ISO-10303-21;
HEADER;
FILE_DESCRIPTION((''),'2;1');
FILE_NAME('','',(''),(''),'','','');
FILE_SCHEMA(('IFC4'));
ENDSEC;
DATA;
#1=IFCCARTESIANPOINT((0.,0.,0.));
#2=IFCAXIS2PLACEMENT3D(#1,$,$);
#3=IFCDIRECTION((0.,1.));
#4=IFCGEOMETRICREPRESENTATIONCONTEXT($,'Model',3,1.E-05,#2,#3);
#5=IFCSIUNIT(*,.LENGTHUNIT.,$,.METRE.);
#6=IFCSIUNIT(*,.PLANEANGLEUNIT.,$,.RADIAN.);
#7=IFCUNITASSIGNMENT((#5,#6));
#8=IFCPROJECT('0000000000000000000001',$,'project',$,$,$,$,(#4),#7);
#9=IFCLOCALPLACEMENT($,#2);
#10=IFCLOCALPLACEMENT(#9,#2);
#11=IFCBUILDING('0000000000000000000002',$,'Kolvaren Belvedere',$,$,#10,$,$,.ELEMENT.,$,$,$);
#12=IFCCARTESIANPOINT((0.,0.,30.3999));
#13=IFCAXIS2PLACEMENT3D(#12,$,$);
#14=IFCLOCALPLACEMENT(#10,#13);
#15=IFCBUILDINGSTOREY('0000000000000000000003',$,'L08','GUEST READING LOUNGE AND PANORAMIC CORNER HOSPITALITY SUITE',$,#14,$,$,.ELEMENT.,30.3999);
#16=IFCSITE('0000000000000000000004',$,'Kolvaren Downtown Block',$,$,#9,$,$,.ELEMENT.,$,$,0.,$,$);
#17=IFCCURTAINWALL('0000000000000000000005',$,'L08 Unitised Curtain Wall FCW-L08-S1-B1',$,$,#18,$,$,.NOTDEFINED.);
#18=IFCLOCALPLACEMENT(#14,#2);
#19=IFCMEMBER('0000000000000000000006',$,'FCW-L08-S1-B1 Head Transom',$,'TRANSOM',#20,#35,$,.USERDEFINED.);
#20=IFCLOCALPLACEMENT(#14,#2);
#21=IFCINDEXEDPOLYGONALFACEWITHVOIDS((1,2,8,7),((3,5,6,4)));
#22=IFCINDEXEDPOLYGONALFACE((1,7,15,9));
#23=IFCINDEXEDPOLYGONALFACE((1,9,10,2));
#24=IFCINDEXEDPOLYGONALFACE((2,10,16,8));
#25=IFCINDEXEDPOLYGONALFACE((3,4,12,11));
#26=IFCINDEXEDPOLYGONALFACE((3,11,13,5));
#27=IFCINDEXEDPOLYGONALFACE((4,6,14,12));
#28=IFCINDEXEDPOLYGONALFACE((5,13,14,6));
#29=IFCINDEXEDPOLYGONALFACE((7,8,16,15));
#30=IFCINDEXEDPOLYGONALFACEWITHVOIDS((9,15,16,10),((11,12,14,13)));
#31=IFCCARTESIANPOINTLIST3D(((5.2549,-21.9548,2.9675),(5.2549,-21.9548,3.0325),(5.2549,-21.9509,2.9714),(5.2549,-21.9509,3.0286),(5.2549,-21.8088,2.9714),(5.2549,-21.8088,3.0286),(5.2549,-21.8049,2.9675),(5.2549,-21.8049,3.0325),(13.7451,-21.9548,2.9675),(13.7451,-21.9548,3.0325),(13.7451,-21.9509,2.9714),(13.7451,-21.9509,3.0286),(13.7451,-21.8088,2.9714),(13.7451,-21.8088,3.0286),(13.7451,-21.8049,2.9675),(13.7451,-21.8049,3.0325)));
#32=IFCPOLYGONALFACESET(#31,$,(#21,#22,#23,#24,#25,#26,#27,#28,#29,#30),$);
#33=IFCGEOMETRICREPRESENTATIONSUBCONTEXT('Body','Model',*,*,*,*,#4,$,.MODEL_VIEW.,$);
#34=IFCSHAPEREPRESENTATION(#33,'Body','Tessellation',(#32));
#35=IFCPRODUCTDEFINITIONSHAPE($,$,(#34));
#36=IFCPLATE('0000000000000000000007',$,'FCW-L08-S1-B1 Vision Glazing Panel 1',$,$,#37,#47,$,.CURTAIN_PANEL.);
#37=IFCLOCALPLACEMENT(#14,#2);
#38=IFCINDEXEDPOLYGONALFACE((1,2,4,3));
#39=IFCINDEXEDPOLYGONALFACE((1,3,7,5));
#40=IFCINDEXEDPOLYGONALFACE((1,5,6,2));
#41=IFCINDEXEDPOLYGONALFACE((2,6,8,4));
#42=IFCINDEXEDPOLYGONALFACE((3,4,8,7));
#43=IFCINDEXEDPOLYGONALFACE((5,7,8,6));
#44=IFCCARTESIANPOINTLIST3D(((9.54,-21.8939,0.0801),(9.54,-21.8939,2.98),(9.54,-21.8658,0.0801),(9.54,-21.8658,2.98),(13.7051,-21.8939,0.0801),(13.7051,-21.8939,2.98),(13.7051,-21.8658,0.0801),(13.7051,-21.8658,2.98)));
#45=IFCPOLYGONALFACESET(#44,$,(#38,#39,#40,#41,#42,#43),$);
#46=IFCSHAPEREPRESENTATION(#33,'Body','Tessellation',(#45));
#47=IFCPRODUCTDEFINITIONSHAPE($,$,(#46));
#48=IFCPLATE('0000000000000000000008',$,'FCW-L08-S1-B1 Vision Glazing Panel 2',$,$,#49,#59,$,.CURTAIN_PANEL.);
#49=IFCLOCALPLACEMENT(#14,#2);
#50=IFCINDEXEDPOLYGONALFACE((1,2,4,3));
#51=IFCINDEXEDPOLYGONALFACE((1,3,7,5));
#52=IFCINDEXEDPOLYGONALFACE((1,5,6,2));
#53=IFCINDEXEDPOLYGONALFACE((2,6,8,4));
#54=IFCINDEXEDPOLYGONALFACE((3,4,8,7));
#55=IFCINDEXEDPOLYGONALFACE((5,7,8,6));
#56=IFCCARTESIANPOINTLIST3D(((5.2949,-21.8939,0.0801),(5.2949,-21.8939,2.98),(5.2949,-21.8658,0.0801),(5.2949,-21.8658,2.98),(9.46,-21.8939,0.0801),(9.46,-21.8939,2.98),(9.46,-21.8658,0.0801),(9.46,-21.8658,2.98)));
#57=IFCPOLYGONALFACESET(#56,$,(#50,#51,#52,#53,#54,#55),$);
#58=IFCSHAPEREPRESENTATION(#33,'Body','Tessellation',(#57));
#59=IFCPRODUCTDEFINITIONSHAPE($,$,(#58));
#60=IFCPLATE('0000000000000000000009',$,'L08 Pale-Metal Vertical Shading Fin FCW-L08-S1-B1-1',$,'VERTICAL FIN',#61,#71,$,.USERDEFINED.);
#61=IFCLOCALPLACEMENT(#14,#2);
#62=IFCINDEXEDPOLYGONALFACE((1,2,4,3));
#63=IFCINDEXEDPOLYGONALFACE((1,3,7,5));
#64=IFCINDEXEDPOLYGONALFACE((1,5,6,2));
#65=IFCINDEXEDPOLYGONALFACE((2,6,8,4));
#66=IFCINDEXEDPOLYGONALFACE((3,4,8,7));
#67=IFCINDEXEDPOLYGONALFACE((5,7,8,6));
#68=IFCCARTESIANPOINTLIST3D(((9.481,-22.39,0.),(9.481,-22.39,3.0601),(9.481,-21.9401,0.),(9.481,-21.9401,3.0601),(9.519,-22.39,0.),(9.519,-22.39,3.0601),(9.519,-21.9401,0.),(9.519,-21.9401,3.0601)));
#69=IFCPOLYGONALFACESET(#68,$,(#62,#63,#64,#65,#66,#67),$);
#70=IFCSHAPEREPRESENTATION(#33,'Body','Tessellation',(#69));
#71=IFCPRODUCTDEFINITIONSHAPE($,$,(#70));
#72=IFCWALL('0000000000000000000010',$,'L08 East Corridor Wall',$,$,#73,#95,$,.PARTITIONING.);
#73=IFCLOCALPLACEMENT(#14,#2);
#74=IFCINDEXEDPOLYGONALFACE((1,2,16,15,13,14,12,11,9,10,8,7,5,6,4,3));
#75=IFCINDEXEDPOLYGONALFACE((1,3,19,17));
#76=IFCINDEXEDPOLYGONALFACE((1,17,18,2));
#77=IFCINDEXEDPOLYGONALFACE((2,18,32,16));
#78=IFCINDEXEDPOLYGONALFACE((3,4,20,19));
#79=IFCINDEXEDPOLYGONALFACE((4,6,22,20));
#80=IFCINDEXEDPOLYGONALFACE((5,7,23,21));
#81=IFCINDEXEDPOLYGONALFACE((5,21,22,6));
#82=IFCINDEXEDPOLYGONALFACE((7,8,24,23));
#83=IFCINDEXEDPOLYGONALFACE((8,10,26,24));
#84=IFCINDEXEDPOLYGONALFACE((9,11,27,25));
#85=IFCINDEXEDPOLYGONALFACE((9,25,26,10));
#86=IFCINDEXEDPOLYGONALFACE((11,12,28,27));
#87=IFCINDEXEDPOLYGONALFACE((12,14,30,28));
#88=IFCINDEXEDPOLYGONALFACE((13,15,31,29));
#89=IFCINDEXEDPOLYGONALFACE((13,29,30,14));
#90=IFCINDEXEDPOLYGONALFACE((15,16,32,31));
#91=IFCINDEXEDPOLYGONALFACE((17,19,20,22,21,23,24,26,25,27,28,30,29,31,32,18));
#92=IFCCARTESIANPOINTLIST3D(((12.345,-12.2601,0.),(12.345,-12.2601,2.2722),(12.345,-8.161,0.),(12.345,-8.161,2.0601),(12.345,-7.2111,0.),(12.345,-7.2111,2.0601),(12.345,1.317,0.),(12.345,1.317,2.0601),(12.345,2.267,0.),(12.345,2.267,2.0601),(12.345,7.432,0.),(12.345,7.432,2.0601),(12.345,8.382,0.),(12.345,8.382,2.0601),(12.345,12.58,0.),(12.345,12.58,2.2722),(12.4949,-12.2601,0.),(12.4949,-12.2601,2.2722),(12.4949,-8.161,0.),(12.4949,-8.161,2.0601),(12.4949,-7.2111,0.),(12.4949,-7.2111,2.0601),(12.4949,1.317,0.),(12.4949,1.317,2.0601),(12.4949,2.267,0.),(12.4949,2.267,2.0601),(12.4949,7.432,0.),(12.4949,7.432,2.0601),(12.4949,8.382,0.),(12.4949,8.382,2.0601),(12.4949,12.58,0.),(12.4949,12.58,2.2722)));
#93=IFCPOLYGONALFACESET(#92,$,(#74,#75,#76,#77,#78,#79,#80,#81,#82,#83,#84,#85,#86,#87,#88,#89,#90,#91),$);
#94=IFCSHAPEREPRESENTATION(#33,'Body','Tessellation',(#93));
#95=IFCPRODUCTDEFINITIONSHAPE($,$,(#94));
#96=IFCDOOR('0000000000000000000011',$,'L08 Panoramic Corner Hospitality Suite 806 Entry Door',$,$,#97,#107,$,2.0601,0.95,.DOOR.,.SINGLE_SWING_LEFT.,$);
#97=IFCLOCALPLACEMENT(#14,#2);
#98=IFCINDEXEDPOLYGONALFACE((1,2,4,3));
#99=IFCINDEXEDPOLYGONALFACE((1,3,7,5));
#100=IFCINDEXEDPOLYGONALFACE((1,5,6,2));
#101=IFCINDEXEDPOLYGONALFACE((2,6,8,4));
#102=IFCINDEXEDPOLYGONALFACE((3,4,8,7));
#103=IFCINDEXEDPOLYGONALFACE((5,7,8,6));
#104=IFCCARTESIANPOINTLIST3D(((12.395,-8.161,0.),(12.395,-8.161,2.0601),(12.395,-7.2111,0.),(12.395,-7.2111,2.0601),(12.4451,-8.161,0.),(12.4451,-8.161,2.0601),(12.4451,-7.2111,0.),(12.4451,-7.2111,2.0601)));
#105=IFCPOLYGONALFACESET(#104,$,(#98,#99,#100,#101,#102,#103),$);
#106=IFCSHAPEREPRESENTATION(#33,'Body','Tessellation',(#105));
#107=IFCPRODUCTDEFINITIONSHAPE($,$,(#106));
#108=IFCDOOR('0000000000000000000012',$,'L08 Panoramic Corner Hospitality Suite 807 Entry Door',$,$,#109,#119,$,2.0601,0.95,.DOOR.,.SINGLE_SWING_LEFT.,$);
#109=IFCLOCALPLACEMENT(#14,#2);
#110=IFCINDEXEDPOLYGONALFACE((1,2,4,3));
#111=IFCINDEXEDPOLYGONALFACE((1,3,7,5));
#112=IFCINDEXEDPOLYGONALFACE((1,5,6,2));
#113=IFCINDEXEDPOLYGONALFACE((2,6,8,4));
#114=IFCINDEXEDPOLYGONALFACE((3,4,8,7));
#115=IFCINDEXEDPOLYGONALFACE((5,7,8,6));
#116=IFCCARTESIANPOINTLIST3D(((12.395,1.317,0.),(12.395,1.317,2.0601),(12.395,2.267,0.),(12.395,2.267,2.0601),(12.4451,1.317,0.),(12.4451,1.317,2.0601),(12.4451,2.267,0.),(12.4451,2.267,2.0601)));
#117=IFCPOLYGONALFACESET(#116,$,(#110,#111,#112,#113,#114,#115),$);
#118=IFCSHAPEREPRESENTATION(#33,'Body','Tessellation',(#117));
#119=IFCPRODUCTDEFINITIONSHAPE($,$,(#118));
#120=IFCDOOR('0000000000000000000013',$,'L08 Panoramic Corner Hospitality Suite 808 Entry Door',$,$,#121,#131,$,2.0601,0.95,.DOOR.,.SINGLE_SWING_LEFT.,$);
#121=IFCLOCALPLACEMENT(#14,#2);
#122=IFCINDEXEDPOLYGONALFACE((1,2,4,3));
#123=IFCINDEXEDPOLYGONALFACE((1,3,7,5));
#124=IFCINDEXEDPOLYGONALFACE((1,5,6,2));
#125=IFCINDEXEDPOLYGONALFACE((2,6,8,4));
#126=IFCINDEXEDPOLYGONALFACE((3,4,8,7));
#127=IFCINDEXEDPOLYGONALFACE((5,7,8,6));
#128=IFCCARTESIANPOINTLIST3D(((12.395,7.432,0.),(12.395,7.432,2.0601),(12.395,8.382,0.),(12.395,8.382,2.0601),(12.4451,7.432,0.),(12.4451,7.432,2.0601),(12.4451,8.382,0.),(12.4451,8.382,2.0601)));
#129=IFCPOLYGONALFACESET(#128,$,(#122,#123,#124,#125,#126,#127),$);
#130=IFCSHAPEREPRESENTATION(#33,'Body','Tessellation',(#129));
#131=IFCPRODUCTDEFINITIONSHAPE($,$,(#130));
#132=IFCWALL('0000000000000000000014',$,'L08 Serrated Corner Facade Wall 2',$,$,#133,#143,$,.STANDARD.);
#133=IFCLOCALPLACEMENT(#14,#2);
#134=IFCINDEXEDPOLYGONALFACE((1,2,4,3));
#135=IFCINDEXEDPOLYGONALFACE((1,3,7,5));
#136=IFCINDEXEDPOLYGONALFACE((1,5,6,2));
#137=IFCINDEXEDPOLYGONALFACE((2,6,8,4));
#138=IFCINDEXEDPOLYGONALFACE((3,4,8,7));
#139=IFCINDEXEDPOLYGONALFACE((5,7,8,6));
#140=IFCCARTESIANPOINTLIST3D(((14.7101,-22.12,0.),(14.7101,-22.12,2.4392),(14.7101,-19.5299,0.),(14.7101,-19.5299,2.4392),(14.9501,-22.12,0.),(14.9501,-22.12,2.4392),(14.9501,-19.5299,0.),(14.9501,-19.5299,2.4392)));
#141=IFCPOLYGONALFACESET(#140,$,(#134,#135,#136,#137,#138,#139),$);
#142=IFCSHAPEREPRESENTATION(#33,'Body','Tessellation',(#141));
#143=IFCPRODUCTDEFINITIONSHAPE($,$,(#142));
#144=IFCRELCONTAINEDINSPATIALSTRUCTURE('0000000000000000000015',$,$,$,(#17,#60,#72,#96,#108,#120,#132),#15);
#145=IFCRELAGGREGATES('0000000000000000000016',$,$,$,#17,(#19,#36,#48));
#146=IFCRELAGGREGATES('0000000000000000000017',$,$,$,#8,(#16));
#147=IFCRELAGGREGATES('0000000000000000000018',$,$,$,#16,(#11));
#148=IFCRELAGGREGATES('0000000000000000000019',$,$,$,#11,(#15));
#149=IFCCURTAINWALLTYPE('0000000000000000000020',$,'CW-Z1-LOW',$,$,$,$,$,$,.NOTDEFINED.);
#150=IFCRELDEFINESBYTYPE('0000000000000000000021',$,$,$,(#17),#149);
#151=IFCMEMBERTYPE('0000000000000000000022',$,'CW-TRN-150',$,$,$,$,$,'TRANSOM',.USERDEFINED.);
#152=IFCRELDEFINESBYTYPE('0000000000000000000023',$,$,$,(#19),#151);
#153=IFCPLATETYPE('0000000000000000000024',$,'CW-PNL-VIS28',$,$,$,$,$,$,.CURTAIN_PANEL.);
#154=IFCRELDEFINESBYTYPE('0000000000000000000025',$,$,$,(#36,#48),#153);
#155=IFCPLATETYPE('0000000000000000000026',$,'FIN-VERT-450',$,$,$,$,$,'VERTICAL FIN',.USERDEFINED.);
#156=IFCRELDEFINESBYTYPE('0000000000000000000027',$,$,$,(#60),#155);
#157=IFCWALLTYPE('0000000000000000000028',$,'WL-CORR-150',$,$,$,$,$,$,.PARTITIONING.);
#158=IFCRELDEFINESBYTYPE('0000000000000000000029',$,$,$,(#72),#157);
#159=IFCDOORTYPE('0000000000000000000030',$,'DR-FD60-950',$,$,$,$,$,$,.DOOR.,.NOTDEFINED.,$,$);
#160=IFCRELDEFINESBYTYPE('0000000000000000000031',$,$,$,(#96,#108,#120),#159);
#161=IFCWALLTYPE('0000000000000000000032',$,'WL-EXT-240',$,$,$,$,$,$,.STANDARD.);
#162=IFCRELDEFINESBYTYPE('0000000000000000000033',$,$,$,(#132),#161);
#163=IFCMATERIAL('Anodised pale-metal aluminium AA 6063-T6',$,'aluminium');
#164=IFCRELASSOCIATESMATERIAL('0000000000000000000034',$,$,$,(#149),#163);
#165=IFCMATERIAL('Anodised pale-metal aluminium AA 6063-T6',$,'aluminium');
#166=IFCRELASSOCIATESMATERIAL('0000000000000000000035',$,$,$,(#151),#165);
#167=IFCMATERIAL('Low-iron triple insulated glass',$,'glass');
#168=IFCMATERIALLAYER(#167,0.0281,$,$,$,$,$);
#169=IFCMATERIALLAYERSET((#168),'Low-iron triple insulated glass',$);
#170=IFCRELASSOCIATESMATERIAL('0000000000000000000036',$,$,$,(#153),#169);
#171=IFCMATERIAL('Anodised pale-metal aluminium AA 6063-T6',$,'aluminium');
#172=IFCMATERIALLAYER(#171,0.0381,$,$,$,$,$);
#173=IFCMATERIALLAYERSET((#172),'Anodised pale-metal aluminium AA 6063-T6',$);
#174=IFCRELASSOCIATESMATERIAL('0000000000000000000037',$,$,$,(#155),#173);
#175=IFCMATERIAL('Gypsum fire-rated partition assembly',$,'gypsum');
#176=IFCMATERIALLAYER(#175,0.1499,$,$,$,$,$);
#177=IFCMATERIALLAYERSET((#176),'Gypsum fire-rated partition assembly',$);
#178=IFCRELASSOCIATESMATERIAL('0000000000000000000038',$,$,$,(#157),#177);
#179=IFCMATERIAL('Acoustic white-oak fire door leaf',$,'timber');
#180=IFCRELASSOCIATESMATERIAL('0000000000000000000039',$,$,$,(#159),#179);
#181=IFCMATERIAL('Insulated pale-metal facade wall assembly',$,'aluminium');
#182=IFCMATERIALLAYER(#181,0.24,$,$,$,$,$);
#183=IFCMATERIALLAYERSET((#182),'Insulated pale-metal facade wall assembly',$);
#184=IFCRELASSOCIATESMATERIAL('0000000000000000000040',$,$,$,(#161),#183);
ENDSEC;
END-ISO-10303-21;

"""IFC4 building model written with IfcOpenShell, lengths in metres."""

from ifc_helpers import new_model, si_unit, direction, frame, frame_2d, origin, origin_2d, place, context, subcontext, project, spatial, rectangle, hollow_rectangle, extrude, material, layer, layer_set, material_profile, profile_set, type_object, element, fill, aggregate, save


model = new_model("IFC4")

# Units and contexts
model_context = context("Model", 3, precision=1e-05, world=origin(), true_north=direction((0.0, 1.0)))
body_context = subcontext(model_context, "Body", "Model", "MODEL_VIEW")
ifc_project = project(units=[si_unit("LENGTHUNIT", "METRE"), si_unit("PLANEANGLEUNIT", "RADIAN")], contexts=[model_context])

# Site, building, storey
site_placement = place(None, origin())
site = spatial("IfcSite", under=ifc_project, at=site_placement, Name="Kolvaren Downtown Block", CompositionType="ELEMENT", RefElevation=0.0)
building_placement = place(site_placement, origin())
building = spatial("IfcBuilding", under=site, at=building_placement, Name="Kolvaren Belvedere", CompositionType="ELEMENT")
storey_placement = place(building_placement, frame((0.0, 0.0, 30.3999)))
storey = spatial("IfcBuildingStorey", under=building, at=storey_placement, Name="L08", Description="GUEST READING LOUNGE AND PANORAMIC CORNER HOSPITALITY SUITE", CompositionType="ELEMENT", Elevation=30.3999)

# Curtain wall
ifc_material_1 = material(Name="Anodised pale-metal aluminium AA 6063-T6", Category="aluminium")
curtain_wall_type = type_object("IfcCurtainWallType", Name="CW-Z1-LOW", PredefinedType="NOTDEFINED", material=ifc_material_1)
curtain_wall_1_placement = place(storey_placement, origin())
curtain_wall_1 = element("IfcCurtainWall", 1, at=curtain_wall_1_placement, inside=storey, type_object=curtain_wall_type, Name="L08 Unitised Curtain Wall FCW-L08-S1-B1", PredefinedType="NOTDEFINED")

# Member
ifc_material_2 = material(Name="Anodised pale-metal aluminium AA 6063-T6", Category="aluminium")
ifc_material_profile_1 = material_profile(ifc_material_2, hollow_rectangle(XDim=0.0649, YDim=0.1499, WallThickness=0.0039, at=origin_2d()), Name="ALU-TRN-150X65")
ifc_profile_set_1 = profile_set([ifc_material_profile_1], Name="Anodised pale-metal aluminium AA 6063-T6")
member_type_1 = type_object("IfcMemberType", Name="CW-TRN-150", ElementType="TRANSOM", PredefinedType="USERDEFINED", material=ifc_profile_set_1)
member_1_placement = place(storey_placement, frame((13.7451, -21.8799, 3.0), z_axis=(-1.0, 0.0, 0.0), x_axis=(0.0, 0.0, 1.0)))
member_1 = element("IfcMember", 2, at=member_1_placement, type_object=member_type_1, Name="FCW-L08-S1-B1 Head Transom", ObjectType="TRANSOM", PredefinedType="USERDEFINED", context=body_context, shape_type="SweptSolid", body=[
    extrude(hollow_rectangle(XDim=0.0649, YDim=0.1499, WallThickness=0.0039, at=origin_2d()), origin(), (0.0, 0.0, 1.0), 8.4902),
])

# Plates
ifc_material_3 = material(Name="Low-iron triple insulated glass", Category="glass")
ifc_layer_1 = layer(ifc_material_3, 0.0281)
ifc_layer_set_1 = layer_set([ifc_layer_1], Name="Low-iron triple insulated glass")
plate_type_1 = type_object("IfcPlateType", Name="CW-PNL-VIS28", PredefinedType="CURTAIN_PANEL", material=ifc_layer_set_1)
plate_1_placement = place(storey_placement, frame((11.6226, -21.8799, 0.0801), z_axis=(0.0, 0.0, 1.0), x_axis=(-1.0, 0.0, 0.0)))
plate_1 = element("IfcPlate", 3, at=plate_1_placement, type_object=plate_type_1, Name="FCW-L08-S1-B1 Vision Glazing Panel 1", PredefinedType="CURTAIN_PANEL", context=body_context, shape_type="SweptSolid", body=[
    extrude(rectangle(XDim=4.165, YDim=0.0281, at=origin_2d()), origin(), (0.0, 0.0, 1.0), 2.8999),
])
plate_2_placement = place(storey_placement, frame((7.3774, -21.8799, 0.0801), z_axis=(0.0, 0.0, 1.0), x_axis=(-1.0, 0.0, 0.0)))
plate_2 = element("IfcPlate", 4, at=plate_2_placement, type_object=plate_type_1, Name="FCW-L08-S1-B1 Vision Glazing Panel 2", PredefinedType="CURTAIN_PANEL", context=body_context, shape_type="SweptSolid", body=[
    extrude(rectangle(XDim=4.165, YDim=0.0281, at=origin_2d()), origin(), (0.0, 0.0, 1.0), 2.8999),
])
aggregate(curtain_wall_1, [member_1, plate_1, plate_2])
ifc_material_4 = material(Name="Anodised pale-metal aluminium AA 6063-T6", Category="aluminium")
ifc_layer_2 = layer(ifc_material_4, 0.0381)
ifc_layer_set_2 = layer_set([ifc_layer_2], Name="Anodised pale-metal aluminium AA 6063-T6")
plate_type_2 = type_object("IfcPlateType", Name="FIN-VERT-450", ElementType="VERTICAL FIN", PredefinedType="USERDEFINED", material=ifc_layer_set_2)
plate_3_placement = place(storey_placement, frame((9.5, -22.165, 0.0), z_axis=(0.0, 0.0, 1.0), x_axis=(0.0, 1.0, 0.0)))
element("IfcPlate", 5, at=plate_3_placement, inside=storey, type_object=plate_type_2, Name="L08 Pale-Metal Vertical Shading Fin FCW-L08-S1-B1-1", ObjectType="VERTICAL FIN", PredefinedType="USERDEFINED", context=body_context, shape_type="SweptSolid", body=[
    extrude(rectangle(XDim=0.45, YDim=0.0381, at=origin_2d()), origin(), (0.0, 0.0, 1.0), 3.0601),
])

# Wall, openings, doors
ifc_material_5 = material(Name="Gypsum fire-rated partition assembly", Category="gypsum")
ifc_layer_3 = layer(ifc_material_5, 0.1499)
ifc_layer_set_3 = layer_set([ifc_layer_3], Name="Gypsum fire-rated partition assembly")
wall_type_1 = type_object("IfcWallType", Name="WL-CORR-150", PredefinedType="PARTITIONING", material=ifc_layer_set_3)
wall_1_placement = place(storey_placement, frame((12.4199, -12.26, 0.0), z_axis=(0.0, 0.0, 1.0), x_axis=(0.0, 1.0, 0.0)))
wall_1 = element("IfcWall", 6, at=wall_1_placement, inside=storey, type_object=wall_type_1, Name="L08 East Corridor Wall", PredefinedType="PARTITIONING", context=body_context, shape_type="SweptSolid", body=[
    extrude(rectangle(XDim=24.8401, YDim=0.1499, at=frame_2d((12.4199, 0.0))), origin(), (0.0, 0.0, 1.0), 2.2722),
])
opening_1_placement = place(wall_1_placement, frame((4.0989, 0.0, 0.0)))
opening_1 = element("IfcOpeningElement", 7, at=opening_1_placement, cuts=wall_1, PredefinedType="OPENING", context=body_context, shape_type="SweptSolid", body=[
    extrude(rectangle(XDim=0.95, YDim=2.0601, at=frame_2d((0.4751, 1.03))), frame((0.0, 0.085, 0.0), z_axis=(0.0, -1.0, 0.0), x_axis=(1.0, 0.0, 0.0)), (0.0, 0.0, 1.0), 0.1699),
])
opening_2_placement = place(wall_1_placement, frame((13.5769, 0.0, 0.0)))
opening_2 = element("IfcOpeningElement", 8, at=opening_2_placement, cuts=wall_1, PredefinedType="OPENING", context=body_context, shape_type="SweptSolid", body=[
    extrude(rectangle(XDim=0.95, YDim=2.0601, at=frame_2d((0.4751, 1.03))), frame((0.0, 0.085, 0.0), z_axis=(0.0, -1.0, 0.0), x_axis=(1.0, 0.0, 0.0)), (0.0, 0.0, 1.0), 0.1699),
])
opening_3_placement = place(wall_1_placement, frame((19.6919, 0.0, 0.0)))
opening_3 = element("IfcOpeningElement", 9, at=opening_3_placement, cuts=wall_1, PredefinedType="OPENING", context=body_context, shape_type="SweptSolid", body=[
    extrude(rectangle(XDim=0.95, YDim=2.0601, at=frame_2d((0.4751, 1.03))), frame((0.0, 0.085, 0.0), z_axis=(0.0, -1.0, 0.0), x_axis=(1.0, 0.0, 0.0)), (0.0, 0.0, 1.0), 0.1699),
])
ifc_material_6 = material(Name="Acoustic white-oak fire door leaf", Category="timber")
door_type = type_object("IfcDoorType", Name="DR-FD60-950", OperationType="NOTDEFINED", PredefinedType="DOOR", material=ifc_material_6)
door_1_placement = place(opening_1_placement, origin())
door_1 = element("IfcDoor", 10, at=door_1_placement, inside=storey, type_object=door_type, Name="L08 Panoramic Corner Hospitality Suite 806 Entry Door", OperationType="SINGLE_SWING_LEFT", OverallHeight=2.0601, OverallWidth=0.95, PredefinedType="DOOR", context=body_context, shape_type="SweptSolid", body=[
    extrude(rectangle(XDim=0.95, YDim=2.0601, at=frame_2d((0.4751, 1.03))), frame((0.0, 0.0249, 0.0), z_axis=(0.0, -1.0, 0.0), x_axis=(1.0, 0.0, 0.0)), (0.0, 0.0, 1.0), 0.05),
])
fill(opening_1, door_1)
door_2_placement = place(opening_2_placement, origin())
door_2 = element("IfcDoor", 11, at=door_2_placement, inside=storey, type_object=door_type, Name="L08 Panoramic Corner Hospitality Suite 807 Entry Door", OperationType="SINGLE_SWING_LEFT", OverallHeight=2.0601, OverallWidth=0.95, PredefinedType="DOOR", context=body_context, shape_type="SweptSolid", body=[
    extrude(rectangle(XDim=0.95, YDim=2.0601, at=frame_2d((0.4751, 1.03))), frame((0.0, 0.0249, 0.0), z_axis=(0.0, -1.0, 0.0), x_axis=(1.0, 0.0, 0.0)), (0.0, 0.0, 1.0), 0.05),
])
fill(opening_2, door_2)
door_3_placement = place(opening_3_placement, origin())
door_3 = element("IfcDoor", 12, at=door_3_placement, inside=storey, type_object=door_type, Name="L08 Panoramic Corner Hospitality Suite 808 Entry Door", OperationType="SINGLE_SWING_LEFT", OverallHeight=2.0601, OverallWidth=0.95, PredefinedType="DOOR", context=body_context, shape_type="SweptSolid", body=[
    extrude(rectangle(XDim=0.95, YDim=2.0601, at=frame_2d((0.4751, 1.03))), frame((0.0, 0.0249, 0.0), z_axis=(0.0, -1.0, 0.0), x_axis=(1.0, 0.0, 0.0)), (0.0, 0.0, 1.0), 0.05),
])
fill(opening_3, door_3)

# Wall
ifc_material_7 = material(Name="Insulated pale-metal facade wall assembly", Category="aluminium")
ifc_layer_4 = layer(ifc_material_7, 0.24)
ifc_layer_set_4 = layer_set([ifc_layer_4], Name="Insulated pale-metal facade wall assembly")
wall_type_2 = type_object("IfcWallType", Name="WL-EXT-240", PredefinedType="STANDARD", material=ifc_layer_set_4)
wall_2_placement = place(storey_placement, frame((14.8301, -19.53, 0.0), z_axis=(0.0, 0.0, 1.0), x_axis=(0.0, -1.0, 0.0)))
element("IfcWall", 13, at=wall_2_placement, inside=storey, type_object=wall_type_2, Name="L08 Serrated Corner Facade Wall 2", PredefinedType="STANDARD", context=body_context, shape_type="SweptSolid", body=[
    extrude(rectangle(XDim=2.5901, YDim=0.24, at=frame_2d((1.2949, 0.0))), origin(), (0.0, 0.0, 1.0), 2.4392),
])

save(model, "model.ifc")
